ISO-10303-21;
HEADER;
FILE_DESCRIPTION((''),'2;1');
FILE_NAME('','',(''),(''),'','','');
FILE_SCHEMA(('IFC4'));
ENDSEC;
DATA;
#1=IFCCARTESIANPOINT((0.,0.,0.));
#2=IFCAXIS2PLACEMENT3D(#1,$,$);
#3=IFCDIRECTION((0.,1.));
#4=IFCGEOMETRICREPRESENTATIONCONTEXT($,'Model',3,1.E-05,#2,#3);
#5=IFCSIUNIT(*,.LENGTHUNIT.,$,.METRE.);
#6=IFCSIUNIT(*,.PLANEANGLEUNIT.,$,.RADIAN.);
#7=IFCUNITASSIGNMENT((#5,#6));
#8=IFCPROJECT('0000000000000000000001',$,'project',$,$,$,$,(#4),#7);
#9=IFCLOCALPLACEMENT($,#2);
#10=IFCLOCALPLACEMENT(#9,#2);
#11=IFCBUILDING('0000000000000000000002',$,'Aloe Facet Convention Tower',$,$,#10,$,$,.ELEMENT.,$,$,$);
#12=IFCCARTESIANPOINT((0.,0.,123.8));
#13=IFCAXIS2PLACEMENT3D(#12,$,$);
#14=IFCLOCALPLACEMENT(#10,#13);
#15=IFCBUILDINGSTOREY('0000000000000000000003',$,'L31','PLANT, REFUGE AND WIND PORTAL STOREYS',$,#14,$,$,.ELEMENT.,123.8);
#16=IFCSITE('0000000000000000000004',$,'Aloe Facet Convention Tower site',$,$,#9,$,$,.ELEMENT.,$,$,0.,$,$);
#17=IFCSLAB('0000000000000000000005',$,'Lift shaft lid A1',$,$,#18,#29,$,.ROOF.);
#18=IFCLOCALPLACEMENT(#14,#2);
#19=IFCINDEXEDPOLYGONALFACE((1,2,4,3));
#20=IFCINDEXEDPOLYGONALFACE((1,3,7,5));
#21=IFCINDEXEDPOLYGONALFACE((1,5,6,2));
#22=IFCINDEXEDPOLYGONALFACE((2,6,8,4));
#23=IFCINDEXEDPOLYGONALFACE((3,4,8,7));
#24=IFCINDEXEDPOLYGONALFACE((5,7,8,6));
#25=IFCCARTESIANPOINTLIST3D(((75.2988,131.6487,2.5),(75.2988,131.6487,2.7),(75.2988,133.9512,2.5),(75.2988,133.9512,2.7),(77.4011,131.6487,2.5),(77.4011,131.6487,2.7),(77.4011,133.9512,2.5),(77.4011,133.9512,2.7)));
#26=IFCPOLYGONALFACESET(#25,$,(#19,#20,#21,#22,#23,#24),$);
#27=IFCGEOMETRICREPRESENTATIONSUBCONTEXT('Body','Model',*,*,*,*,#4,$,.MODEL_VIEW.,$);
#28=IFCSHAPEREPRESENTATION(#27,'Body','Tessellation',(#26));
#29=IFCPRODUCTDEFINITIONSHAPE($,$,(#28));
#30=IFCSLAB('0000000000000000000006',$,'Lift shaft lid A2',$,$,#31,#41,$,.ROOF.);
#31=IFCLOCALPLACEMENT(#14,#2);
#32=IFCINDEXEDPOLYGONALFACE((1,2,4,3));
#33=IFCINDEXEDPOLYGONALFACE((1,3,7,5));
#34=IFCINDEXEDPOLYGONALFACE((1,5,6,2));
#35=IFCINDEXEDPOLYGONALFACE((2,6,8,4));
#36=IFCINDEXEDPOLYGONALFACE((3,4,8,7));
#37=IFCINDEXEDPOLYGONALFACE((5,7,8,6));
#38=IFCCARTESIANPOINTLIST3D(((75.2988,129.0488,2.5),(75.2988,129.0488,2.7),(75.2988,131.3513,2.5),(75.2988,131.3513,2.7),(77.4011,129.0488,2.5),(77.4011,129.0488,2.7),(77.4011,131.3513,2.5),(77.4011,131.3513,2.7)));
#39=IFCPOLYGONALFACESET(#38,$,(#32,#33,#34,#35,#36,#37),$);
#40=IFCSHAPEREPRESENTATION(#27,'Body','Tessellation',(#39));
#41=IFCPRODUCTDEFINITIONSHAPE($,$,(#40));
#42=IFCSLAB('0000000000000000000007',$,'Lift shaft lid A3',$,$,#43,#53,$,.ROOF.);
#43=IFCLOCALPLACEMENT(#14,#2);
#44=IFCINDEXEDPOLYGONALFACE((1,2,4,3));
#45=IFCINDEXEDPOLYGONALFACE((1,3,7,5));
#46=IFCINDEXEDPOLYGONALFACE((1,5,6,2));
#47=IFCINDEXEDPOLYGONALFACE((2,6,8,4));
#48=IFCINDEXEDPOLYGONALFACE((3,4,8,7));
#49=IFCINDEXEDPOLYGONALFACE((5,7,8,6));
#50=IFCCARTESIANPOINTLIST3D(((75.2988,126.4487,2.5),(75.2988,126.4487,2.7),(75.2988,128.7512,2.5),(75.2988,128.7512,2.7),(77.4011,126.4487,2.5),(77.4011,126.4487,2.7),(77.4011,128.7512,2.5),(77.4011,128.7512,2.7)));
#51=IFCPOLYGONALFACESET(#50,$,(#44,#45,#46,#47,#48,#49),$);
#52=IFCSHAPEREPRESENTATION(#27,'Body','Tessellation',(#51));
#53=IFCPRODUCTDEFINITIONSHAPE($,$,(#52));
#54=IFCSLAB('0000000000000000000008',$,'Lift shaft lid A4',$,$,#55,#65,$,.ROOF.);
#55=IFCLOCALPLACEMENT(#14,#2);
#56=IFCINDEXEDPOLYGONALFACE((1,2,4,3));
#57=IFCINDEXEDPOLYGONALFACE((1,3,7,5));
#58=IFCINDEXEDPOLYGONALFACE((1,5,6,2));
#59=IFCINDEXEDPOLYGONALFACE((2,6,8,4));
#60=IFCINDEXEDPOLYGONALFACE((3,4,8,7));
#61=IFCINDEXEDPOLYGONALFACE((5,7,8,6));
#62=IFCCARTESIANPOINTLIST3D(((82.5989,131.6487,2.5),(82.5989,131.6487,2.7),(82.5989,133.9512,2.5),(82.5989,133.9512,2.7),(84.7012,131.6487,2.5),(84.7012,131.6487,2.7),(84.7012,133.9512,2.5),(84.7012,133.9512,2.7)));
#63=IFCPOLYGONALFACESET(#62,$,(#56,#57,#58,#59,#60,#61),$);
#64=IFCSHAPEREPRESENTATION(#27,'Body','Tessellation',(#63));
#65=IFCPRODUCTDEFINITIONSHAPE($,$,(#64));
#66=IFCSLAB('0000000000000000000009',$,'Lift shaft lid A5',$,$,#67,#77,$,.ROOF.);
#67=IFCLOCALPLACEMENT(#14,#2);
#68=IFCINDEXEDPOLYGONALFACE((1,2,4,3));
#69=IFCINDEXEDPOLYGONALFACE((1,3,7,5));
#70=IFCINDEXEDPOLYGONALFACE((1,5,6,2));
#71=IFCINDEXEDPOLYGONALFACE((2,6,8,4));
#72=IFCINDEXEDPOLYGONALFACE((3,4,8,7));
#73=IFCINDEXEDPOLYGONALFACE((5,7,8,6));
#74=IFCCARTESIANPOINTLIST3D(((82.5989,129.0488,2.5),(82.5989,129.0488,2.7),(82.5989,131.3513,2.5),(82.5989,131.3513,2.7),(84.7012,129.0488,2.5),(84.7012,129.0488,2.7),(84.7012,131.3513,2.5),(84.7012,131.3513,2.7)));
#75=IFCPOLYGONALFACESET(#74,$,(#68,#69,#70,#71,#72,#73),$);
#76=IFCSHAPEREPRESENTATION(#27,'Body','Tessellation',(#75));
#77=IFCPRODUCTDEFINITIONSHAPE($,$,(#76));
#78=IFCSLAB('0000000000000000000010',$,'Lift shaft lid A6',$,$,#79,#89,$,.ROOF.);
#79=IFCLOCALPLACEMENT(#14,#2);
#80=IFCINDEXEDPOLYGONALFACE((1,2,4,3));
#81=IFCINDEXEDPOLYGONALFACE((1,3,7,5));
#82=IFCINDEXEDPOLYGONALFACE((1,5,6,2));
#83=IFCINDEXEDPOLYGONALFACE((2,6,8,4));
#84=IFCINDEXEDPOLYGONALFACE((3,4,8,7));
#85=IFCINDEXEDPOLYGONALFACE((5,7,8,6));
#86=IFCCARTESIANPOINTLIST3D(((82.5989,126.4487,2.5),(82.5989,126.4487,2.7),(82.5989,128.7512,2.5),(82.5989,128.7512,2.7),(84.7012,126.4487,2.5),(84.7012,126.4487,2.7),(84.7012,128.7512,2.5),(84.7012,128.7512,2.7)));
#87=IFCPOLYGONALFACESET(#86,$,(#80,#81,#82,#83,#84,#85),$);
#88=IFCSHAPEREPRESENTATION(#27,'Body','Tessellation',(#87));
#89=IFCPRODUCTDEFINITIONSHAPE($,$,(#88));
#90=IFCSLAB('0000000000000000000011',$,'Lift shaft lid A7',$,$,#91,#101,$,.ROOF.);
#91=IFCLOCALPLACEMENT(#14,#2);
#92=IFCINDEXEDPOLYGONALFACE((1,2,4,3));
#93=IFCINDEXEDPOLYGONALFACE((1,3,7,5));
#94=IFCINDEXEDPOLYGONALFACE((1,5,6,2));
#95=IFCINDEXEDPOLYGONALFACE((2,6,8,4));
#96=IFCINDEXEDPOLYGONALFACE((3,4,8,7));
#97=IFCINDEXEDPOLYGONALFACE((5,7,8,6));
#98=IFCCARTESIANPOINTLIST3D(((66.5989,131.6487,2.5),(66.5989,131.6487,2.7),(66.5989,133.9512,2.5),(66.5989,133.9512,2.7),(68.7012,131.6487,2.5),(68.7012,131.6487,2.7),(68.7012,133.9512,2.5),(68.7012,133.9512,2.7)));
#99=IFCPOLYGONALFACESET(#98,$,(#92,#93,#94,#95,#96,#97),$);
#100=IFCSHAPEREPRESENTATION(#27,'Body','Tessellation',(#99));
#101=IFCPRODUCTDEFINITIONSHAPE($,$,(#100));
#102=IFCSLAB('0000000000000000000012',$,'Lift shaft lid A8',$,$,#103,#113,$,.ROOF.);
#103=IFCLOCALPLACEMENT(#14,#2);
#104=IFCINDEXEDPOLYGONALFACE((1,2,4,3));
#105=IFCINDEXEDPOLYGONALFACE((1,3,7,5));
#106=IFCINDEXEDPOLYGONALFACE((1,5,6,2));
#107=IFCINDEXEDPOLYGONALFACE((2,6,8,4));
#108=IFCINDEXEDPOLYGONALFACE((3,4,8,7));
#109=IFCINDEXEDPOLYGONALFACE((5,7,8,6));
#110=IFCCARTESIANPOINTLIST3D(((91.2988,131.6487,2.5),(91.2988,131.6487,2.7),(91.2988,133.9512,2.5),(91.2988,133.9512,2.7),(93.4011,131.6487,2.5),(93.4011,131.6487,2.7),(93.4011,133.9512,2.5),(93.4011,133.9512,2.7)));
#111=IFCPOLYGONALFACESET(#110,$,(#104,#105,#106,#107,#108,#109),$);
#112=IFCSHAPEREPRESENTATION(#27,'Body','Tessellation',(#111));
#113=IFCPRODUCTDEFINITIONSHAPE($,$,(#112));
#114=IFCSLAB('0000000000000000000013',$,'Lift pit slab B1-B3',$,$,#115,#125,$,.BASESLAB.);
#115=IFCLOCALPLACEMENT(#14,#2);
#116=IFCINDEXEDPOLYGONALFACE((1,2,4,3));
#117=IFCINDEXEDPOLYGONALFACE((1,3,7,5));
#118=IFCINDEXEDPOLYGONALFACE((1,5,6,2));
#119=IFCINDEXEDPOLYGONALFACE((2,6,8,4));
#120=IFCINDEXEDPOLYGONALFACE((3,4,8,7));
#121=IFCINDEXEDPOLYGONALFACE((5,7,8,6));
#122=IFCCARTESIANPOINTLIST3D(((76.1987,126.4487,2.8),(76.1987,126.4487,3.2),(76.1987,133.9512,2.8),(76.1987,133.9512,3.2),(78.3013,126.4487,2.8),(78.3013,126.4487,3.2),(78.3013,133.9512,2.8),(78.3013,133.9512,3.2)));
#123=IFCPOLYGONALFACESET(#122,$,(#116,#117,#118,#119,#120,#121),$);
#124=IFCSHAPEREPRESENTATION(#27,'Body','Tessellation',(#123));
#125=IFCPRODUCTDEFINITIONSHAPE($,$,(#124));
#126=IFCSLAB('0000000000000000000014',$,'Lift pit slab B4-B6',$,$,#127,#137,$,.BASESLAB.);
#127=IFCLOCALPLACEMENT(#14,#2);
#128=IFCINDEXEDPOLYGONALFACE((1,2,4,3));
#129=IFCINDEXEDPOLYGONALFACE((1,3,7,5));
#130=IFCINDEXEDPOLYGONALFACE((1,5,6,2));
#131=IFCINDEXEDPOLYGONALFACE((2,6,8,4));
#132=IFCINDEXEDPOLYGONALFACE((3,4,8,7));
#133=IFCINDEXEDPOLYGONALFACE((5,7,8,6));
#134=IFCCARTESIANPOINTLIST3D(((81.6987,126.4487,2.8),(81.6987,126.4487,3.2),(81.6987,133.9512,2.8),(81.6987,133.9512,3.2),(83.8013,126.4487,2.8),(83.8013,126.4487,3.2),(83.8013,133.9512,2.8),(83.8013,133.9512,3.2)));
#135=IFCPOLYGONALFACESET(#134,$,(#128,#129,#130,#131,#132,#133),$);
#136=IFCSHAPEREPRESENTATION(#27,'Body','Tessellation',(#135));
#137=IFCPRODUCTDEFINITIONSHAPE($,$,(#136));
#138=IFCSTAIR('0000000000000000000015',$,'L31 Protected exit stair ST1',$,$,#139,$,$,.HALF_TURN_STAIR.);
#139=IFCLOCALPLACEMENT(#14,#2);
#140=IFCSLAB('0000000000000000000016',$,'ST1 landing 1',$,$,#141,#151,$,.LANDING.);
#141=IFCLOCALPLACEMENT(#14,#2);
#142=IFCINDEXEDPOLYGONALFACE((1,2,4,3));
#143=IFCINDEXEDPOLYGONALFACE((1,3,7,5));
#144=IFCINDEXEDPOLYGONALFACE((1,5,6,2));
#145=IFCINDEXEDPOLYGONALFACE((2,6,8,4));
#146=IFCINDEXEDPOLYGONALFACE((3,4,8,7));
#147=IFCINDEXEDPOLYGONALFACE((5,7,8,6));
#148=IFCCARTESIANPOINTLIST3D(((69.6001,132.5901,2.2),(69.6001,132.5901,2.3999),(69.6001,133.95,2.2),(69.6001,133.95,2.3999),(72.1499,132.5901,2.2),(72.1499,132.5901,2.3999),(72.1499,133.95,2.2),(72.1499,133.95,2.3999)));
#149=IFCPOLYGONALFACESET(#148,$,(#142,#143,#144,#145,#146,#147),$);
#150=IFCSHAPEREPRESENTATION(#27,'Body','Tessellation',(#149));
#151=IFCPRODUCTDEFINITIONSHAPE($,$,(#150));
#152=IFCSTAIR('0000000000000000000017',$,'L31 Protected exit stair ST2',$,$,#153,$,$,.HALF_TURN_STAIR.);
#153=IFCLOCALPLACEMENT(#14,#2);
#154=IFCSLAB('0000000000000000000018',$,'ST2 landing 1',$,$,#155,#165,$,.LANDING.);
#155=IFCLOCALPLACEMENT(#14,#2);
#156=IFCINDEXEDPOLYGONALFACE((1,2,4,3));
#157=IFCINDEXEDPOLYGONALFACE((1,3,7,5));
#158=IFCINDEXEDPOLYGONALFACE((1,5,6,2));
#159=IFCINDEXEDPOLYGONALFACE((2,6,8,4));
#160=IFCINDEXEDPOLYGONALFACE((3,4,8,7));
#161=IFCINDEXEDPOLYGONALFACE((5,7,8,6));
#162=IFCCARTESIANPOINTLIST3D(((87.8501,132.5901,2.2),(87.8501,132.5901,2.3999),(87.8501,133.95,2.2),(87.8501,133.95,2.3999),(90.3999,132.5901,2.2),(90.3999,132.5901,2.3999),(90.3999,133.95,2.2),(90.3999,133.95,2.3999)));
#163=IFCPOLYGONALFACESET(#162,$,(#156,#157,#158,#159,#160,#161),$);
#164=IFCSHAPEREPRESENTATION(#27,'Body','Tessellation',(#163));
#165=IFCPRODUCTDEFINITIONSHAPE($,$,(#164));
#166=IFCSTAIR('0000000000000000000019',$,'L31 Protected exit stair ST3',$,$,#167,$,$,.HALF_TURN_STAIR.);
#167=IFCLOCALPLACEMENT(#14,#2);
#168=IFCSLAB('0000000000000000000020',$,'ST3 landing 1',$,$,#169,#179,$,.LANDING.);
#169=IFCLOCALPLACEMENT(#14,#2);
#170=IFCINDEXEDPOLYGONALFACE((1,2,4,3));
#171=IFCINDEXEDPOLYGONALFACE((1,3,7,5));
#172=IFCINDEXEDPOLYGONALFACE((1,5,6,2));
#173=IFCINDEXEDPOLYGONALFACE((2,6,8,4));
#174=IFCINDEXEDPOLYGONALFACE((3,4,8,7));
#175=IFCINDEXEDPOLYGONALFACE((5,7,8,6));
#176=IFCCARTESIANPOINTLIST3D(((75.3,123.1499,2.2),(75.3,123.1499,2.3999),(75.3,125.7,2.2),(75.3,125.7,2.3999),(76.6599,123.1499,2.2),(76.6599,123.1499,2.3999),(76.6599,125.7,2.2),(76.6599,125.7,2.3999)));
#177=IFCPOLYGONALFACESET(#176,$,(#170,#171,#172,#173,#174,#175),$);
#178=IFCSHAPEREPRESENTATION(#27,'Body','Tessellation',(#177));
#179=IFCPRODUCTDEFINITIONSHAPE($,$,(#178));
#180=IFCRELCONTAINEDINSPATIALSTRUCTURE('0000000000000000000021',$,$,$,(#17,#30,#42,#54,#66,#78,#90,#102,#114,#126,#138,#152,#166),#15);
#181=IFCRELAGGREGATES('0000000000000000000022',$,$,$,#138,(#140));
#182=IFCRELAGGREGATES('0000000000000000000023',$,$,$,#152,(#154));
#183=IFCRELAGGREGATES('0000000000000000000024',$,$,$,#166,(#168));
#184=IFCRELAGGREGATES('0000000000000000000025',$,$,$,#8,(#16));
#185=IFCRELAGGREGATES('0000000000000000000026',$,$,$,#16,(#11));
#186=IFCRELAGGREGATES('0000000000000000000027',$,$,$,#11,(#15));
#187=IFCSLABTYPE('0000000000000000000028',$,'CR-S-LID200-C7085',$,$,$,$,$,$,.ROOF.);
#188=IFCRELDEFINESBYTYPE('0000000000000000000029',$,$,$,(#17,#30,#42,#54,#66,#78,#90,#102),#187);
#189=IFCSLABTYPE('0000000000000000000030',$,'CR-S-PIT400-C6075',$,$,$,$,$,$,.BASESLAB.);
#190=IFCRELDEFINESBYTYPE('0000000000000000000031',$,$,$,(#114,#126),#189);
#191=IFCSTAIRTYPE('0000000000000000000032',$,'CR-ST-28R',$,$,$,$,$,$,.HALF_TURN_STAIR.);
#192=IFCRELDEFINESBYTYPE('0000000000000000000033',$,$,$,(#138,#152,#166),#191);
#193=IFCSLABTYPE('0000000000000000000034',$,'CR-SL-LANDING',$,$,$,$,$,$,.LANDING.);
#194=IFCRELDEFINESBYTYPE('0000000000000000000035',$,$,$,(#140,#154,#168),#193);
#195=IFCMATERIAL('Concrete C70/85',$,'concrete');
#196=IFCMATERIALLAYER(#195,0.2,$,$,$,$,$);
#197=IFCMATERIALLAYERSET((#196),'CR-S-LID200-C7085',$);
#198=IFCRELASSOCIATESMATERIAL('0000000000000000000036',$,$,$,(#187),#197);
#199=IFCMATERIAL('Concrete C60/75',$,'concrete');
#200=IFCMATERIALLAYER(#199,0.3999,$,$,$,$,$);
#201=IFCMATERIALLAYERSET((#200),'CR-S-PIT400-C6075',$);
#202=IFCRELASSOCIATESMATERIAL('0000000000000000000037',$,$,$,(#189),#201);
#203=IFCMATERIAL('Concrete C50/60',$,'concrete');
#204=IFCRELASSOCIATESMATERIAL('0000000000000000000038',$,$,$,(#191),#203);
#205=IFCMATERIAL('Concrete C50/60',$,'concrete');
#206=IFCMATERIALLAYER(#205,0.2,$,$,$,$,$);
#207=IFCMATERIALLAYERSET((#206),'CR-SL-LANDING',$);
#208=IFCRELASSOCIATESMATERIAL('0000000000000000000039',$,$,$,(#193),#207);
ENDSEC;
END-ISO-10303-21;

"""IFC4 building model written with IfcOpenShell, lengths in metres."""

from ifc_helpers import new_model, si_unit, direction, frame, origin, place, context, subcontext, project, spatial, polyline, outline, extrude, material, layer, layer_set, type_object, element, aggregate, save


model = new_model("IFC4")

# Units and contexts
model_context = context("Model", 3, precision=1e-05, world=origin(), true_north=direction((0.0, 1.0)))
body_context = subcontext(model_context, "Body", "Model", "MODEL_VIEW")
ifc_project = project(units=[si_unit("LENGTHUNIT", "METRE"), si_unit("PLANEANGLEUNIT", "RADIAN")], contexts=[model_context])

# Site, building, storey
site_placement = place(None, origin())
site = spatial("IfcSite", under=ifc_project, at=site_placement, Name="Aloe Facet Convention Tower site", CompositionType="ELEMENT", RefElevation=0.0)
building_placement = place(site_placement, origin())
building = spatial("IfcBuilding", under=site, at=building_placement, Name="Aloe Facet Convention Tower", CompositionType="ELEMENT")
storey_placement = place(building_placement, frame((0.0, 0.0, 123.8)))
storey = spatial("IfcBuildingStorey", under=building, at=storey_placement, Name="L31", Description="PLANT, REFUGE AND WIND PORTAL STOREYS", CompositionType="ELEMENT", Elevation=123.8)

# Slabs
ifc_material_1 = material(Name="Concrete C70/85", Category="concrete")
ifc_layer_1 = layer(ifc_material_1, 0.2)
ifc_layer_set_1 = layer_set([ifc_layer_1], Name="CR-S-LID200-C7085")
slab_type_1 = type_object("IfcSlabType", Name="CR-S-LID200-C7085", PredefinedType="ROOF", material=ifc_layer_set_1)
slab_1_placement = place(storey_placement, frame((0.0, 0.0, 2.5)))
element("IfcSlab", 1, at=slab_1_placement, inside=storey, type_object=slab_type_1, Name="Lift shaft lid A1", PredefinedType="ROOF", context=body_context, shape_type="SweptSolid", body=[
    extrude(outline(polyline([(77.4011, 133.9512), (77.4011, 131.6487), (75.2988, 131.6487), (75.2988, 133.9512), (77.4011, 133.9512)])), origin(), (0.0, 0.0, 1.0), 0.2),
])
slab_2_placement = place(storey_placement, frame((0.0, 0.0, 2.5)))
element("IfcSlab", 2, at=slab_2_placement, inside=storey, type_object=slab_type_1, Name="Lift shaft lid A2", PredefinedType="ROOF", context=body_context, shape_type="SweptSolid", body=[
    extrude(outline(polyline([(77.4011, 131.3513), (77.4011, 129.0488), (75.2988, 129.0488), (75.2988, 131.3513), (77.4011, 131.3513)])), origin(), (0.0, 0.0, 1.0), 0.2),
])
slab_3_placement = place(storey_placement, frame((0.0, 0.0, 2.5)))
element("IfcSlab", 3, at=slab_3_placement, inside=storey, type_object=slab_type_1, Name="Lift shaft lid A3", PredefinedType="ROOF", context=body_context, shape_type="SweptSolid", body=[
    extrude(outline(polyline([(77.4011, 128.7512), (77.4011, 126.4487), (75.2988, 126.4487), (75.2988, 128.7512), (77.4011, 128.7512)])), origin(), (0.0, 0.0, 1.0), 0.2),
])
slab_4_placement = place(storey_placement, frame((0.0, 0.0, 2.5)))
element("IfcSlab", 4, at=slab_4_placement, inside=storey, type_object=slab_type_1, Name="Lift shaft lid A4", PredefinedType="ROOF", context=body_context, shape_type="SweptSolid", body=[
    extrude(outline(polyline([(84.7012, 133.9512), (84.7012, 131.6487), (82.5989, 131.6487), (82.5989, 133.9512), (84.7012, 133.9512)])), origin(), (0.0, 0.0, 1.0), 0.2),
])
slab_5_placement = place(storey_placement, frame((0.0, 0.0, 2.5)))
element("IfcSlab", 5, at=slab_5_placement, inside=storey, type_object=slab_type_1, Name="Lift shaft lid A5", PredefinedType="ROOF", context=body_context, shape_type="SweptSolid", body=[
    extrude(outline(polyline([(84.7012, 131.3513), (84.7012, 129.0488), (82.5989, 129.0488), (82.5989, 131.3513), (84.7012, 131.3513)])), origin(), (0.0, 0.0, 1.0), 0.2),
])
slab_6_placement = place(storey_placement, frame((0.0, 0.0, 2.5)))
element("IfcSlab", 6, at=slab_6_placement, inside=storey, type_object=slab_type_1, Name="Lift shaft lid A6", PredefinedType="ROOF", context=body_context, shape_type="SweptSolid", body=[
    extrude(outline(polyline([(84.7012, 128.7512), (84.7012, 126.4487), (82.5989, 126.4487), (82.5989, 128.7512), (84.7012, 128.7512)])), origin(), (0.0, 0.0, 1.0), 0.2),
])
slab_7_placement = place(storey_placement, frame((0.0, 0.0, 2.5)))
element("IfcSlab", 7, at=slab_7_placement, inside=storey, type_object=slab_type_1, Name="Lift shaft lid A7", PredefinedType="ROOF", context=body_context, shape_type="SweptSolid", body=[
    extrude(outline(polyline([(68.7012, 133.9512), (68.7012, 131.6487), (66.5989, 131.6487), (66.5989, 133.9512), (68.7012, 133.9512)])), origin(), (0.0, 0.0, 1.0), 0.2),
])
slab_8_placement = place(storey_placement, frame((0.0, 0.0, 2.5)))
element("IfcSlab", 8, at=slab_8_placement, inside=storey, type_object=slab_type_1, Name="Lift shaft lid A8", PredefinedType="ROOF", context=body_context, shape_type="SweptSolid", body=[
    extrude(outline(polyline([(93.4011, 133.9512), (93.4011, 131.6487), (91.2988, 131.6487), (91.2988, 133.9512), (93.4011, 133.9512)])), origin(), (0.0, 0.0, 1.0), 0.2),
])
ifc_material_2 = material(Name="Concrete C60/75", Category="concrete")
ifc_layer_2 = layer(ifc_material_2, 0.3999)
ifc_layer_set_2 = layer_set([ifc_layer_2], Name="CR-S-PIT400-C6075")
slab_type_2 = type_object("IfcSlabType", Name="CR-S-PIT400-C6075", PredefinedType="BASESLAB", material=ifc_layer_set_2)
slab_9_placement = place(storey_placement, frame((0.0, 0.0, 2.8)))
element("IfcSlab", 9, at=slab_9_placement, inside=storey, type_object=slab_type_2, Name="Lift pit slab B1-B3", PredefinedType="BASESLAB", context=body_context, shape_type="SweptSolid", body=[
    extrude(outline(polyline([(76.1987, 126.4487), (78.3013, 126.4487), (78.3013, 133.9512), (76.1987, 133.9512), (76.1987, 126.4487)])), origin(), (0.0, 0.0, 1.0), 0.3999),
])
slab_10_placement = place(storey_placement, frame((0.0, 0.0, 2.8)))
element("IfcSlab", 10, at=slab_10_placement, inside=storey, type_object=slab_type_2, Name="Lift pit slab B4-B6", PredefinedType="BASESLAB", context=body_context, shape_type="SweptSolid", body=[
    extrude(outline(polyline([(81.6987, 126.4487), (83.8013, 126.4487), (83.8013, 133.9512), (81.6987, 133.9512), (81.6987, 126.4487)])), origin(), (0.0, 0.0, 1.0), 0.3999),
])

# Stairs, slabs
ifc_material_3 = material(Name="Concrete C50/60", Category="concrete")
stair_type = type_object("IfcStairType", Name="CR-ST-28R", PredefinedType="HALF_TURN_STAIR", material=ifc_material_3)
stair_1_placement = place(storey_placement, origin())
stair_1 = element("IfcStair", 11, at=stair_1_placement, inside=storey, type_object=stair_type, Name="L31 Protected exit stair ST1", PredefinedType="HALF_TURN_STAIR")
ifc_material_4 = material(Name="Concrete C50/60", Category="concrete")
ifc_layer_3 = layer(ifc_material_4, 0.2)
ifc_layer_set_3 = layer_set([ifc_layer_3], Name="CR-SL-LANDING")
slab_type_3 = type_object("IfcSlabType", Name="CR-SL-LANDING", PredefinedType="LANDING", material=ifc_layer_set_3)
slab_11_placement = place(storey_placement, frame((0.0, 0.0, 2.2)))
slab_11 = element("IfcSlab", 12, at=slab_11_placement, type_object=slab_type_3, Name="ST1 landing 1", PredefinedType="LANDING", context=body_context, shape_type="SweptSolid", body=[
    extrude(outline(polyline([(72.1499, 132.5901), (72.1499, 133.95), (69.6001, 133.95), (69.6001, 132.5901), (72.1499, 132.5901)])), origin(), (0.0, 0.0, 1.0), 0.2),
])
aggregate(stair_1, [slab_11])
stair_2_placement = place(storey_placement, origin())
stair_2 = element("IfcStair", 13, at=stair_2_placement, inside=storey, type_object=stair_type, Name="L31 Protected exit stair ST2", PredefinedType="HALF_TURN_STAIR")
slab_12_placement = place(storey_placement, frame((0.0, 0.0, 2.2)))
slab_12 = element("IfcSlab", 14, at=slab_12_placement, type_object=slab_type_3, Name="ST2 landing 1", PredefinedType="LANDING", context=body_context, shape_type="SweptSolid", body=[
    extrude(outline(polyline([(90.3999, 132.5901), (90.3999, 133.95), (87.8501, 133.95), (87.8501, 132.5901), (90.3999, 132.5901)])), origin(), (0.0, 0.0, 1.0), 0.2),
])
aggregate(stair_2, [slab_12])
stair_3_placement = place(storey_placement, origin())
stair_3 = element("IfcStair", 15, at=stair_3_placement, inside=storey, type_object=stair_type, Name="L31 Protected exit stair ST3", PredefinedType="HALF_TURN_STAIR")
slab_13_placement = place(storey_placement, frame((0.0, 0.0, 2.2)))
slab_13 = element("IfcSlab", 16, at=slab_13_placement, type_object=slab_type_3, Name="ST3 landing 1", PredefinedType="LANDING", context=body_context, shape_type="SweptSolid", body=[
    extrude(outline(polyline([(76.6599, 125.7), (75.3, 125.7), (75.3, 123.1499), (76.6599, 123.1499), (76.6599, 125.7)])), origin(), (0.0, 0.0, 1.0), 0.2),
])
aggregate(stair_3, [slab_13])

save(model, "model.ifc")
